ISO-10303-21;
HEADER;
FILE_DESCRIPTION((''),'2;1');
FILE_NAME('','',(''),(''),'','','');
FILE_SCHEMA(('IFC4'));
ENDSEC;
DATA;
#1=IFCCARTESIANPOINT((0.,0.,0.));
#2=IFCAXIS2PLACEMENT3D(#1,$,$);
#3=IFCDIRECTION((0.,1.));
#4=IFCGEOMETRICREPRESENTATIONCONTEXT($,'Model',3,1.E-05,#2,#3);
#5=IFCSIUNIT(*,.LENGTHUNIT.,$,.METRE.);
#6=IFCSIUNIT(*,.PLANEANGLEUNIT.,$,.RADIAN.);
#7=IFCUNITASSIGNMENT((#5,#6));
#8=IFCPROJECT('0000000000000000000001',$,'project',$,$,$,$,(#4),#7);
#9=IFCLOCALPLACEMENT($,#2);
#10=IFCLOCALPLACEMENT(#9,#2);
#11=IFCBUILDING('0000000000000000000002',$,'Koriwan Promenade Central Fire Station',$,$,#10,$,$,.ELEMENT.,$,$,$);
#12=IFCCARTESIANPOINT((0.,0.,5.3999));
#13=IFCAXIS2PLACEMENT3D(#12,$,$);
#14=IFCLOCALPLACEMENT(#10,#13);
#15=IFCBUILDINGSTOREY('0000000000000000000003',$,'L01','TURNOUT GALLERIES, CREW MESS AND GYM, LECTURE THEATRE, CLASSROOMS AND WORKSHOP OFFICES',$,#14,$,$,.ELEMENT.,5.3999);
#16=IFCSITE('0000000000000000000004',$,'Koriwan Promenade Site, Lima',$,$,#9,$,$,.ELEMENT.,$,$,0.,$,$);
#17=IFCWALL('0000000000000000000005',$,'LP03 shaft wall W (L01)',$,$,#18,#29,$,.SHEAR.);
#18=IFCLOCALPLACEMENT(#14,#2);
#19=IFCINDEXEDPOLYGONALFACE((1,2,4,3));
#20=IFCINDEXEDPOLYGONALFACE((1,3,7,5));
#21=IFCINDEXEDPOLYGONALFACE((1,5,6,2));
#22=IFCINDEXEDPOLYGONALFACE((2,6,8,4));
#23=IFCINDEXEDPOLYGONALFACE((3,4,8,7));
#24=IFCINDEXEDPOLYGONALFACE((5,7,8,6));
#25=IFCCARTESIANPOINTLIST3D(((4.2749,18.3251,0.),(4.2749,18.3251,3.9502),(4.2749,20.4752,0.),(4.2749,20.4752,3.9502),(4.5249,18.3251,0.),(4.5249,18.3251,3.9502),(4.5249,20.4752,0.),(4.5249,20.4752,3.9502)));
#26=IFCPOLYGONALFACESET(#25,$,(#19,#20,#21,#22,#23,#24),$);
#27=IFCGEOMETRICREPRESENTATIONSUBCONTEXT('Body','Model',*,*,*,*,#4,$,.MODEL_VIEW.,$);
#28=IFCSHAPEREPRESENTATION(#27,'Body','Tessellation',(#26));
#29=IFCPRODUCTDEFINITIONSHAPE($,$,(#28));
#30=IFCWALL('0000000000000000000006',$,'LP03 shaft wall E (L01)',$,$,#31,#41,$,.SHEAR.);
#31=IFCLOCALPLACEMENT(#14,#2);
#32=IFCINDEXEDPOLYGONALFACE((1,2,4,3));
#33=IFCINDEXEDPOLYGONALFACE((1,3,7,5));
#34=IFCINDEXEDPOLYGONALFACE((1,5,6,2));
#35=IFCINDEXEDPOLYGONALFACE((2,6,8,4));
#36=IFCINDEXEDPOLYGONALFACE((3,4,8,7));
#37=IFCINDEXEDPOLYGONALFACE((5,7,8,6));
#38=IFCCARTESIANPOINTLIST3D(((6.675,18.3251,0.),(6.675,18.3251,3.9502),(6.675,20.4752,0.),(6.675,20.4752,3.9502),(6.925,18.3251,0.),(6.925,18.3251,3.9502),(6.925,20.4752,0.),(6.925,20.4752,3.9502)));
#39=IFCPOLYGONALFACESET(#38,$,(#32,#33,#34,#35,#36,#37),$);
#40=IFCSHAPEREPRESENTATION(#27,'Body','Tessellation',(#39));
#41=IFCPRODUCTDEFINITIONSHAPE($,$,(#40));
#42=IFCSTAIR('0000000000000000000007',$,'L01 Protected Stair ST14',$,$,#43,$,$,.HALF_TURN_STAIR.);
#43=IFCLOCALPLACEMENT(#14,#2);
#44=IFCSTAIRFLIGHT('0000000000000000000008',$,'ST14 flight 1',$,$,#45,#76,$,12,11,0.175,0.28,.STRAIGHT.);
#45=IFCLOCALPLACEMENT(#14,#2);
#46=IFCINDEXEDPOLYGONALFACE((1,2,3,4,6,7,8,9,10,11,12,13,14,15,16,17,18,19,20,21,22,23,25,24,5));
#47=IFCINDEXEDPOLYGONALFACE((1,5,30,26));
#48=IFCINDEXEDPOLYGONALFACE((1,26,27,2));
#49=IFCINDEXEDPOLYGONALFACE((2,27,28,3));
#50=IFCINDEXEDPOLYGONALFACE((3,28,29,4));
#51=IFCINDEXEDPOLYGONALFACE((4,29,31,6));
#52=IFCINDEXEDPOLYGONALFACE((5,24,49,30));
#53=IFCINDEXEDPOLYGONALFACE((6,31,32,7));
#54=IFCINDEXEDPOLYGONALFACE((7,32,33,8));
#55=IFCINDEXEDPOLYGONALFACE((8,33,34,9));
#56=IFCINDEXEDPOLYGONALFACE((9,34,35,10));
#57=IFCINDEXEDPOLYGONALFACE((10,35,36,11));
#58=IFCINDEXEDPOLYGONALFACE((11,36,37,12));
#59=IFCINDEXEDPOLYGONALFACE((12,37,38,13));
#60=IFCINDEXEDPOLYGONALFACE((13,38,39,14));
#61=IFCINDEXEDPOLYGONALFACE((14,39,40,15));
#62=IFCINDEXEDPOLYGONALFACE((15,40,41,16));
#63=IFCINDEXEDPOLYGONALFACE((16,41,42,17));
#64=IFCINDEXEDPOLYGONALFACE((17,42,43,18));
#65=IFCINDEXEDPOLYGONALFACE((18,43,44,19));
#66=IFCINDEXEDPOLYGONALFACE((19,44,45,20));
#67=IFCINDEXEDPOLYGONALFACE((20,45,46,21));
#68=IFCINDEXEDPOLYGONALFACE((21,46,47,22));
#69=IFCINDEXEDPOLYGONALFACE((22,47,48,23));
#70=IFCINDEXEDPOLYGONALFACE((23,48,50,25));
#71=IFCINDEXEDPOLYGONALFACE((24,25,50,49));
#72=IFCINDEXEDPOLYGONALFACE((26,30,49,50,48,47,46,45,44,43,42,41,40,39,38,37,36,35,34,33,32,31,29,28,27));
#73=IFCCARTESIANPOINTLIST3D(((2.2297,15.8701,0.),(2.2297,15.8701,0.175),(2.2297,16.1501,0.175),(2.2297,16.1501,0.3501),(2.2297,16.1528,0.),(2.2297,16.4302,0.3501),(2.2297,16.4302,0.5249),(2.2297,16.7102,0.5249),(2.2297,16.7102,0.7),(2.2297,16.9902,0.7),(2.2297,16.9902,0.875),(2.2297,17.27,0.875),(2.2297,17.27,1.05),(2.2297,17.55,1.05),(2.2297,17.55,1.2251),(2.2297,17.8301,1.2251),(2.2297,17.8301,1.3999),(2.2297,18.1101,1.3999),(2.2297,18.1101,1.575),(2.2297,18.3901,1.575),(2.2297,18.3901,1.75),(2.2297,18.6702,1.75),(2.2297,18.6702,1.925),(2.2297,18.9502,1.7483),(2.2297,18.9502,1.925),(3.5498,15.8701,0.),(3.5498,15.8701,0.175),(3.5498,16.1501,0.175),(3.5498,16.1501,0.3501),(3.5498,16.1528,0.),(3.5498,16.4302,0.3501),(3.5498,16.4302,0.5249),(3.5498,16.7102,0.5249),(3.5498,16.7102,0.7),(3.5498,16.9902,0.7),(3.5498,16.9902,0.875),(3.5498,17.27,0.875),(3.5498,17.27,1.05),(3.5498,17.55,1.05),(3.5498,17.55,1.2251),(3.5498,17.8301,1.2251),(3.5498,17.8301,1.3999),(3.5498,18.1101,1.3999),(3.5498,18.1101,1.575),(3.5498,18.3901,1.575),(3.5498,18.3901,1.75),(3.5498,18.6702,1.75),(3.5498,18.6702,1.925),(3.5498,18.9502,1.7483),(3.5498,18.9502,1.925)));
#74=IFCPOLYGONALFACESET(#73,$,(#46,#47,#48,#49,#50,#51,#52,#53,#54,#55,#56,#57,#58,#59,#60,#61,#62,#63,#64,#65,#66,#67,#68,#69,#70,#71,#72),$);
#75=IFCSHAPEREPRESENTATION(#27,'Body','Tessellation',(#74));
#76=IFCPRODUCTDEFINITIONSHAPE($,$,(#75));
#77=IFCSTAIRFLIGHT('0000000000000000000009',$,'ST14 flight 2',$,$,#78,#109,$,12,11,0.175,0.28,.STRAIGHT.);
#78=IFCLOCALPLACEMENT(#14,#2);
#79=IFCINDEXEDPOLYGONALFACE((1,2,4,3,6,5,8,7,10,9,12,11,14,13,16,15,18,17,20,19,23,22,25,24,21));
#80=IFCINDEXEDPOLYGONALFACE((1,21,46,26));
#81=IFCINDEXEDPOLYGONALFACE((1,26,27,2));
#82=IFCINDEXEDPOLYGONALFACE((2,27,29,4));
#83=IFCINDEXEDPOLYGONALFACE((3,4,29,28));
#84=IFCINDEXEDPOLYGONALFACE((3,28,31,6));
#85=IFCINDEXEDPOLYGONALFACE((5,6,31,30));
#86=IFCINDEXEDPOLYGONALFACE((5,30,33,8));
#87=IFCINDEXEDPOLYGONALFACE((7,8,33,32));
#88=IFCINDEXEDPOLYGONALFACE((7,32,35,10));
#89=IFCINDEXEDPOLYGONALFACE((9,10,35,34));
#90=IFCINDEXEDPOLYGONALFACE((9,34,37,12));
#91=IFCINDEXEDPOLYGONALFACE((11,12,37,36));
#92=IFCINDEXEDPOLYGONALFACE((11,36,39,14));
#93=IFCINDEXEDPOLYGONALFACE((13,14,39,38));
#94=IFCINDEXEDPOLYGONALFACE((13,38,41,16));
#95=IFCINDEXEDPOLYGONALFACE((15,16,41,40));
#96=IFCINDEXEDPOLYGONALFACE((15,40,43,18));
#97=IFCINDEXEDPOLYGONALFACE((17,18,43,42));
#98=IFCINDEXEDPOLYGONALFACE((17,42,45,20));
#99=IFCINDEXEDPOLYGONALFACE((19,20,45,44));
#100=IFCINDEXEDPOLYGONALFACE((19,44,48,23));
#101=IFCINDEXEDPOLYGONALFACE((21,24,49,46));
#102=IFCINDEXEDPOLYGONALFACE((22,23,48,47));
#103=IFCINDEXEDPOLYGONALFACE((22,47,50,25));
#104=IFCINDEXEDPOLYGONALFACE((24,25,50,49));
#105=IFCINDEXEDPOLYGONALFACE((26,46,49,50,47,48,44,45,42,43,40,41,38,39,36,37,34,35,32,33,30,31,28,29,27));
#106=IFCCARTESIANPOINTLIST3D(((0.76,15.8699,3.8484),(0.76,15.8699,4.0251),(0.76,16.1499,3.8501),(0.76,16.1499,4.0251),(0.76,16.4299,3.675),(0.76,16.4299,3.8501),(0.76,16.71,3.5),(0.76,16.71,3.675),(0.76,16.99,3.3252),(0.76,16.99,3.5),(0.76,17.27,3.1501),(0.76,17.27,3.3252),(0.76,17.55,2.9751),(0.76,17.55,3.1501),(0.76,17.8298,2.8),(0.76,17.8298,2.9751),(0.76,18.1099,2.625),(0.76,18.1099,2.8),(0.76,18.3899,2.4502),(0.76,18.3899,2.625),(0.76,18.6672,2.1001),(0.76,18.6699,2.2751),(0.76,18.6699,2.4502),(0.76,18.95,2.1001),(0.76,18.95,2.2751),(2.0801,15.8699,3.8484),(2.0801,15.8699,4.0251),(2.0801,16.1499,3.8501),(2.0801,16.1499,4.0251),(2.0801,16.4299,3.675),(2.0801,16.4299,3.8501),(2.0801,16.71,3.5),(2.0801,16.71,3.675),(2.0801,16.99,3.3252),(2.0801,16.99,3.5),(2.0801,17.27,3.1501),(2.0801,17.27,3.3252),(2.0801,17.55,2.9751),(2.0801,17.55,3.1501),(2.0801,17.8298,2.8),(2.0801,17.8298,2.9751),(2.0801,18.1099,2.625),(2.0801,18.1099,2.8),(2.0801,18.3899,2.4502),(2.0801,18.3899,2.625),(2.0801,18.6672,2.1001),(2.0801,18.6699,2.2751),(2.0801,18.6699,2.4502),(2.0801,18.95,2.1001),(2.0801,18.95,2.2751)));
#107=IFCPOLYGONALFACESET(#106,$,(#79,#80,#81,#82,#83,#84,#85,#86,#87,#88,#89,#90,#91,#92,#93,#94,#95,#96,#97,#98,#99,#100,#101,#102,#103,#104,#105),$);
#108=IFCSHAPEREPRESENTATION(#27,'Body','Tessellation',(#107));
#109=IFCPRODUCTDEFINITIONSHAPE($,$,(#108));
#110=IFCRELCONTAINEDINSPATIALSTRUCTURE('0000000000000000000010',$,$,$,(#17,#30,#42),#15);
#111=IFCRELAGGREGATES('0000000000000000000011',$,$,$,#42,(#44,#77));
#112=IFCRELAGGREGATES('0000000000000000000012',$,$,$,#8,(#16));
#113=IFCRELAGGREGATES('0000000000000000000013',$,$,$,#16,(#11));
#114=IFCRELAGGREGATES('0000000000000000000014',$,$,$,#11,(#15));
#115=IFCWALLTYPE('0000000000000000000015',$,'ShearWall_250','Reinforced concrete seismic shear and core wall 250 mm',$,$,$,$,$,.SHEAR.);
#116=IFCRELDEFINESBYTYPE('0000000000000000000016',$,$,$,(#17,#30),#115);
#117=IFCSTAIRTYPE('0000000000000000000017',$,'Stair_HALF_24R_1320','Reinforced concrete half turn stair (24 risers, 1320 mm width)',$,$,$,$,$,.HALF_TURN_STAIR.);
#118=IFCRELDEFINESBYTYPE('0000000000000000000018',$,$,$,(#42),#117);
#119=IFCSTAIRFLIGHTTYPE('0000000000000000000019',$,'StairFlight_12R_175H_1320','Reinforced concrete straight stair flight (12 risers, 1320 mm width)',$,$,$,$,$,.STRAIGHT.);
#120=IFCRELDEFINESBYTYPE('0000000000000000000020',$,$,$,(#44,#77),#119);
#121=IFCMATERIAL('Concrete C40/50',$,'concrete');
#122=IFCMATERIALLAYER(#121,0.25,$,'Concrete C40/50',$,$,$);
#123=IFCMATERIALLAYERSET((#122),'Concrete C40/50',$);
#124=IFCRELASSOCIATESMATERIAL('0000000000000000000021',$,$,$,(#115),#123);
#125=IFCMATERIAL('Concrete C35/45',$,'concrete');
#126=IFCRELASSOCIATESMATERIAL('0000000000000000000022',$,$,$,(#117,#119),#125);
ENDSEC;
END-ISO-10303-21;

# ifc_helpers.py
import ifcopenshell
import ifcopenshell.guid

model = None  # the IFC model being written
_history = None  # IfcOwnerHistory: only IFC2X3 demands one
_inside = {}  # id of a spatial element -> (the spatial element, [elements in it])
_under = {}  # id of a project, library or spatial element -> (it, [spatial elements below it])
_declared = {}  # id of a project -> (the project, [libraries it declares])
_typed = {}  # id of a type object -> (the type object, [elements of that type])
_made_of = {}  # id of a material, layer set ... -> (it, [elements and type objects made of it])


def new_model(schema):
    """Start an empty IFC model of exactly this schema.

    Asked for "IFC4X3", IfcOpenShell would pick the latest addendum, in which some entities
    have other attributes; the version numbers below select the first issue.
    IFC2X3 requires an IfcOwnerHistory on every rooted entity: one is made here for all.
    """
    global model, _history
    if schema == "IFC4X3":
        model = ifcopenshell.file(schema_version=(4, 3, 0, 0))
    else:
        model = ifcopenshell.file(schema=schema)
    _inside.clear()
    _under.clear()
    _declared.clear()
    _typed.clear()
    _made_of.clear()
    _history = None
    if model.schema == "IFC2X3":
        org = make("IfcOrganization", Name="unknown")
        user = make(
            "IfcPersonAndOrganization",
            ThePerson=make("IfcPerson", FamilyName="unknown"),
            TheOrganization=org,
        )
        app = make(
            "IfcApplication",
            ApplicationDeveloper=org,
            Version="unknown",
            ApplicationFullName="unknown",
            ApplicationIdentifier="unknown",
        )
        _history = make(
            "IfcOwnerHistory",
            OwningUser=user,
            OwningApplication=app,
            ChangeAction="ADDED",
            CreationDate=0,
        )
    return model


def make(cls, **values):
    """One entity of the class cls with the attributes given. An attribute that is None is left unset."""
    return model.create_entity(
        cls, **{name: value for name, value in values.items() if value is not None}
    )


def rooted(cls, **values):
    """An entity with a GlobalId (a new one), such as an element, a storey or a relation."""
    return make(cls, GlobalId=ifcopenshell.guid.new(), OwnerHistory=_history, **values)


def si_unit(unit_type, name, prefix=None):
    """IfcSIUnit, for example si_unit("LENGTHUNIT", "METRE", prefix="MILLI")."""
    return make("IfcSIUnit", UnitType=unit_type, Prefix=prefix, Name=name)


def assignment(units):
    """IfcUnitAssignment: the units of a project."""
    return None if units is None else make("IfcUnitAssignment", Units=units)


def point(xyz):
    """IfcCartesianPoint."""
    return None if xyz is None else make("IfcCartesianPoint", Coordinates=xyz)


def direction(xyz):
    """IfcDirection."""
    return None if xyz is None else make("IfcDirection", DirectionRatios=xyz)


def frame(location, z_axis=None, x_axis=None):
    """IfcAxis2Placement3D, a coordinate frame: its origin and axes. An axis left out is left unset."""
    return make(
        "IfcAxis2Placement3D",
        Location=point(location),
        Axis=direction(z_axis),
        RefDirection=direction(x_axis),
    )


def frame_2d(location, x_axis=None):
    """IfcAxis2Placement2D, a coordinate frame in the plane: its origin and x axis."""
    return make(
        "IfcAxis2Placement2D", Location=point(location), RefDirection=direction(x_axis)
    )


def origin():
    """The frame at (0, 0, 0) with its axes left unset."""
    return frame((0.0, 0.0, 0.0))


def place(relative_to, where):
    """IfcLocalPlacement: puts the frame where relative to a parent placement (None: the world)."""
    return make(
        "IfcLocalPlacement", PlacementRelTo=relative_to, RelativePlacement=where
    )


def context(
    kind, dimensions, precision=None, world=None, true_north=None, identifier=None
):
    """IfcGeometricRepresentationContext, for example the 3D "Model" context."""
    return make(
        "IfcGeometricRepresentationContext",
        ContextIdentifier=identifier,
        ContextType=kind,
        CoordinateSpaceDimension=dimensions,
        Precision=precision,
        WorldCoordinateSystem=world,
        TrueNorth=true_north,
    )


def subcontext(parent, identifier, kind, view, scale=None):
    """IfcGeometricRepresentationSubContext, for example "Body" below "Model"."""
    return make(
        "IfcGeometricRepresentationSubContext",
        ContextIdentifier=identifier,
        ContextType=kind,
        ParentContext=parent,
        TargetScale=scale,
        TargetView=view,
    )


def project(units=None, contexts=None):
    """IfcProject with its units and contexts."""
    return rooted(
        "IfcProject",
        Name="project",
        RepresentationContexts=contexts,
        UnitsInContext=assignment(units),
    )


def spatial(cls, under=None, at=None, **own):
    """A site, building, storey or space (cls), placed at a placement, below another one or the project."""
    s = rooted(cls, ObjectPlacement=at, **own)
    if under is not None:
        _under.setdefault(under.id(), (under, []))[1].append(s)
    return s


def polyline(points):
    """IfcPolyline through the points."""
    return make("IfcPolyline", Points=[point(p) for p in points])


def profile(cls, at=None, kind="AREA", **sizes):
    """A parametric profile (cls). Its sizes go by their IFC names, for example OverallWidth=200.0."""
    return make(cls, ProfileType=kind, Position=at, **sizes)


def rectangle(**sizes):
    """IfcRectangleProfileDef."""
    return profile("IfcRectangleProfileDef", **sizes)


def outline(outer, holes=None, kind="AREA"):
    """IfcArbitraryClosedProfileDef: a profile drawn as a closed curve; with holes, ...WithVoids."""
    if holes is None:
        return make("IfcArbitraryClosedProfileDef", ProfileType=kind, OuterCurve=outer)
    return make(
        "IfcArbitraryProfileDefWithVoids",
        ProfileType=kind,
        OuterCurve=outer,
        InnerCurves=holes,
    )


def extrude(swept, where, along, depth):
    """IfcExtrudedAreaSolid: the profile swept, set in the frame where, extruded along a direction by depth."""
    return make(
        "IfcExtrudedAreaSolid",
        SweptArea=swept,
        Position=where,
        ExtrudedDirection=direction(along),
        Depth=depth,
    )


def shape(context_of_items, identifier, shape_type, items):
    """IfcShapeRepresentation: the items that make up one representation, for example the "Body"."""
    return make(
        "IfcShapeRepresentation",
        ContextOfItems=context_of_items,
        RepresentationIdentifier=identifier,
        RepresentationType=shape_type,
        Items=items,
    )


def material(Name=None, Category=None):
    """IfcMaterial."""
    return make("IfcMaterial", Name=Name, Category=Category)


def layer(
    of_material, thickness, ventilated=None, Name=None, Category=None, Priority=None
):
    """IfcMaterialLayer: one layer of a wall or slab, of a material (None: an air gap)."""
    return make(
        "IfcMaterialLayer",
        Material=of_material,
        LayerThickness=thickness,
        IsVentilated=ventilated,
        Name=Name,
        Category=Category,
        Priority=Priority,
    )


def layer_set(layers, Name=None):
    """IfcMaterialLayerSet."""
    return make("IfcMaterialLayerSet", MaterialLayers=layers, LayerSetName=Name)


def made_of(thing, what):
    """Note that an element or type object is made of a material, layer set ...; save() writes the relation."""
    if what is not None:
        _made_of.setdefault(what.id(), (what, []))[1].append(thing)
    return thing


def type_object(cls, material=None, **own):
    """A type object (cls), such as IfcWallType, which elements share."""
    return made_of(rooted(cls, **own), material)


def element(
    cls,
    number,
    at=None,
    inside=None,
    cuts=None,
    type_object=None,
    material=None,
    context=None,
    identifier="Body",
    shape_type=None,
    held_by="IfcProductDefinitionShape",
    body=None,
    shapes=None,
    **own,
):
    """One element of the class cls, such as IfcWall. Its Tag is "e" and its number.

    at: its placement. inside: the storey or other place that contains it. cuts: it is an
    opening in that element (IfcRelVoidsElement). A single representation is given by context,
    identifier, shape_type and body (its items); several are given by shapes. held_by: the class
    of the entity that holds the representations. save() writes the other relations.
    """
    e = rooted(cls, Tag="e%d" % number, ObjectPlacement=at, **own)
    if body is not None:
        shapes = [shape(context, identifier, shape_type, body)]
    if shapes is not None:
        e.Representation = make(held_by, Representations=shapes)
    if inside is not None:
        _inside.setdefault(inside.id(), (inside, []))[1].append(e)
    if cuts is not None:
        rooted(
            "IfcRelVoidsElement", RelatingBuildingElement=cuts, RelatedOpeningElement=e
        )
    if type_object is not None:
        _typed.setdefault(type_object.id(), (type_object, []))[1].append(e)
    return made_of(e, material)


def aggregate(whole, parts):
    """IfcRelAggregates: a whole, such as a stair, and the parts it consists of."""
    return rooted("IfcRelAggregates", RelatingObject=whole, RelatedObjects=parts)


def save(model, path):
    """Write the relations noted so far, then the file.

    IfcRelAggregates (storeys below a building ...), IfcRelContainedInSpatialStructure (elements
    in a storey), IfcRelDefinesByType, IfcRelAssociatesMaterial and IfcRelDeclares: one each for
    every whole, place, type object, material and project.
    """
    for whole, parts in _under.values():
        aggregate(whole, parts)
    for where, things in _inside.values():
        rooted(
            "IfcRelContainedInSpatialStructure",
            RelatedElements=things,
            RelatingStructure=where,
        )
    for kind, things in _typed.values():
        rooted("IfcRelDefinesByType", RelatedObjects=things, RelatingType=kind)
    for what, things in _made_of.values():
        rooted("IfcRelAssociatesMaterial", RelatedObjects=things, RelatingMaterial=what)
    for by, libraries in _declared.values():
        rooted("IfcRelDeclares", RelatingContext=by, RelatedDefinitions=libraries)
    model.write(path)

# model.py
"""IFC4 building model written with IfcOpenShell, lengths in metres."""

from ifc_helpers import new_model, si_unit, direction, frame, frame_2d, origin, place, context, subcontext, project, spatial, polyline, rectangle, outline, extrude, material, layer, layer_set, type_object, element, aggregate, save


model = new_model("IFC4")

# Units and contexts
model_context = context("Model", 3, precision=1e-05, world=origin(), true_north=direction((0.0, 1.0)))
body_context = subcontext(model_context, "Body", "Model", "MODEL_VIEW")
ifc_project = project(units=[si_unit("LENGTHUNIT", "METRE"), si_unit("PLANEANGLEUNIT", "RADIAN")], contexts=[model_context])

# Site, building, storey
site_placement = place(None, origin())
site = spatial("IfcSite", under=ifc_project, at=site_placement, Name="Koriwan Promenade Site, Lima", CompositionType="ELEMENT", RefElevation=0.0)
building_placement = place(site_placement, origin())
building = spatial("IfcBuilding", under=site, at=building_placement, Name="Koriwan Promenade Central Fire Station", CompositionType="ELEMENT")
storey_placement = place(building_placement, frame((0.0, 0.0, 5.3999)))
storey = spatial("IfcBuildingStorey", under=building, at=storey_placement, Name="L01", Description="TURNOUT GALLERIES, CREW MESS AND GYM, LECTURE THEATRE, CLASSROOMS AND WORKSHOP OFFICES", CompositionType="ELEMENT", Elevation=5.3999)

# Shared definitions
ifc_material_1 = material(Name="Concrete C40/50", Category="concrete")

# Shared definitions
ifc_material_2 = material(Name="Concrete C35/45", Category="concrete")

# Shared definitions
ifc_layer_1 = layer(ifc_material_1, 0.25, Name="Concrete C40/50")
ifc_layer_set_1 = layer_set([ifc_layer_1], Name="Concrete C40/50")
wall_type_1 = type_object("IfcWallType", Name="ShearWall_250", Description="Reinforced concrete seismic shear and core wall 250 mm", PredefinedType="SHEAR", material=ifc_layer_set_1)

# Walls
for number, where, z_axis, x_axis, name in (
    (1, (4.3999, 18.325, 0.0), (0.0, 0.0, 1.0), (0.0, 1.0, 0.0), "LP03 shaft wall W (L01)"),
    (2, (6.8, 18.325, 0.0), (0.0, 0.0, 1.0), (0.0, 1.0, 0.0), "LP03 shaft wall E (L01)"),
):
    element("IfcWall", number, at=place(storey_placement, frame(where, z_axis=z_axis, x_axis=x_axis)), inside=storey, type_object=wall_type_1, Name=name, PredefinedType="SHEAR", context=body_context, shape_type="SweptSolid", body=[
        extrude(rectangle(XDim=2.1501, YDim=0.25, at=frame_2d((1.0752, 0.0))), origin(), (0.0, 0.0, 1.0), 3.9502),
    ])

# Stair, stair flights
stair_type = type_object("IfcStairType", Name="Stair_HALF_24R_1320", Description="Reinforced concrete half turn stair (24 risers, 1320 mm width)", PredefinedType="HALF_TURN_STAIR", material=ifc_material_2)
stair_placement = place(storey_placement, origin())
stair = element("IfcStair", 3, at=stair_placement, inside=storey, type_object=stair_type, Name="L01 Protected Stair ST14", PredefinedType="HALF_TURN_STAIR")
stair_flight_type = type_object("IfcStairFlightType", Name="StairFlight_12R_175H_1320", Description="Reinforced concrete straight stair flight (12 risers, 1320 mm width)", PredefinedType="STRAIGHT", material=ifc_material_2)
stair_flight_1_placement = place(storey_placement, frame((2.8899, 15.8701, 0.0), z_axis=(0.0, 0.0, 1.0), x_axis=(0.0, 1.0, 0.0)))
stair_flight_1 = element("IfcStairFlight", 4, at=stair_flight_1_placement, type_object=stair_flight_type, Name="ST14 flight 1", NumberOfRisers=12, NumberOfTreads=11, PredefinedType="STRAIGHT", RiserHeight=0.175, TreadLength=0.28, context=body_context, shape_type="SweptSolid", body=[
    extrude(outline(polyline([(0.0, 0.0), (0.0, 0.175), (0.28, 0.175), (0.28, 0.3501), (0.5601, 0.3501), (0.5601, 0.5249), (0.8401, 0.5249), (0.8401, 0.7), (1.1201, 0.7), (1.1201, 0.875), (1.3999, 0.875), (1.3999, 1.05), (1.6799, 1.05), (1.6799, 1.2251), (1.96, 1.2251), (1.96, 1.3999), (2.24, 1.3999), (2.24, 1.575), (2.52, 1.575), (2.52, 1.75), (2.8, 1.75), (2.8, 1.925), (3.0801, 1.925), (3.0801, 2.1001), (3.0801, 1.7483), (0.2827, 0.0), (0.0, 0.0)])), frame((0.0, 0.6602, 0.0), z_axis=(0.0, -1.0, 0.0), x_axis=(1.0, 0.0, 0.0)), (0.0, 0.0, 1.0), 1.3201),
])
stair_flight_2_placement = place(storey_placement, frame((1.4199, 18.95, 2.1001), z_axis=(0.0, 0.0, 1.0), x_axis=(0.0, -1.0, 0.0)))
stair_flight_2 = element("IfcStairFlight", 5, at=stair_flight_2_placement, type_object=stair_flight_type, Name="ST14 flight 2", NumberOfRisers=12, NumberOfTreads=11, PredefinedType="STRAIGHT", RiserHeight=0.175, TreadLength=0.28, context=body_context, shape_type="SweptSolid", body=[
    extrude(outline(polyline([(0.0, 0.0), (0.0, 0.175), (0.28, 0.175), (0.28, 0.3501), (0.5601, 0.3501), (0.5601, 0.5249), (0.8401, 0.5249), (0.8401, 0.7), (1.1201, 0.7), (1.1201, 0.875), (1.3999, 0.875), (1.3999, 1.05), (1.6799, 1.05), (1.6799, 1.2251), (1.96, 1.2251), (1.96, 1.3999), (2.24, 1.3999), (2.24, 1.575), (2.52, 1.575), (2.52, 1.75), (2.8, 1.75), (2.8, 1.925), (3.0801, 1.925), (3.0801, 2.1001), (3.0801, 1.7483), (0.2827, 0.0), (0.0, 0.0)])), frame((0.0, 0.6602, 0.0), z_axis=(0.0, -1.0, 0.0), x_axis=(1.0, 0.0, 0.0)), (0.0, 0.0, 1.0), 1.3201),
])
aggregate(stair, [stair_flight_1, stair_flight_2])

save(model, "model.ifc")
